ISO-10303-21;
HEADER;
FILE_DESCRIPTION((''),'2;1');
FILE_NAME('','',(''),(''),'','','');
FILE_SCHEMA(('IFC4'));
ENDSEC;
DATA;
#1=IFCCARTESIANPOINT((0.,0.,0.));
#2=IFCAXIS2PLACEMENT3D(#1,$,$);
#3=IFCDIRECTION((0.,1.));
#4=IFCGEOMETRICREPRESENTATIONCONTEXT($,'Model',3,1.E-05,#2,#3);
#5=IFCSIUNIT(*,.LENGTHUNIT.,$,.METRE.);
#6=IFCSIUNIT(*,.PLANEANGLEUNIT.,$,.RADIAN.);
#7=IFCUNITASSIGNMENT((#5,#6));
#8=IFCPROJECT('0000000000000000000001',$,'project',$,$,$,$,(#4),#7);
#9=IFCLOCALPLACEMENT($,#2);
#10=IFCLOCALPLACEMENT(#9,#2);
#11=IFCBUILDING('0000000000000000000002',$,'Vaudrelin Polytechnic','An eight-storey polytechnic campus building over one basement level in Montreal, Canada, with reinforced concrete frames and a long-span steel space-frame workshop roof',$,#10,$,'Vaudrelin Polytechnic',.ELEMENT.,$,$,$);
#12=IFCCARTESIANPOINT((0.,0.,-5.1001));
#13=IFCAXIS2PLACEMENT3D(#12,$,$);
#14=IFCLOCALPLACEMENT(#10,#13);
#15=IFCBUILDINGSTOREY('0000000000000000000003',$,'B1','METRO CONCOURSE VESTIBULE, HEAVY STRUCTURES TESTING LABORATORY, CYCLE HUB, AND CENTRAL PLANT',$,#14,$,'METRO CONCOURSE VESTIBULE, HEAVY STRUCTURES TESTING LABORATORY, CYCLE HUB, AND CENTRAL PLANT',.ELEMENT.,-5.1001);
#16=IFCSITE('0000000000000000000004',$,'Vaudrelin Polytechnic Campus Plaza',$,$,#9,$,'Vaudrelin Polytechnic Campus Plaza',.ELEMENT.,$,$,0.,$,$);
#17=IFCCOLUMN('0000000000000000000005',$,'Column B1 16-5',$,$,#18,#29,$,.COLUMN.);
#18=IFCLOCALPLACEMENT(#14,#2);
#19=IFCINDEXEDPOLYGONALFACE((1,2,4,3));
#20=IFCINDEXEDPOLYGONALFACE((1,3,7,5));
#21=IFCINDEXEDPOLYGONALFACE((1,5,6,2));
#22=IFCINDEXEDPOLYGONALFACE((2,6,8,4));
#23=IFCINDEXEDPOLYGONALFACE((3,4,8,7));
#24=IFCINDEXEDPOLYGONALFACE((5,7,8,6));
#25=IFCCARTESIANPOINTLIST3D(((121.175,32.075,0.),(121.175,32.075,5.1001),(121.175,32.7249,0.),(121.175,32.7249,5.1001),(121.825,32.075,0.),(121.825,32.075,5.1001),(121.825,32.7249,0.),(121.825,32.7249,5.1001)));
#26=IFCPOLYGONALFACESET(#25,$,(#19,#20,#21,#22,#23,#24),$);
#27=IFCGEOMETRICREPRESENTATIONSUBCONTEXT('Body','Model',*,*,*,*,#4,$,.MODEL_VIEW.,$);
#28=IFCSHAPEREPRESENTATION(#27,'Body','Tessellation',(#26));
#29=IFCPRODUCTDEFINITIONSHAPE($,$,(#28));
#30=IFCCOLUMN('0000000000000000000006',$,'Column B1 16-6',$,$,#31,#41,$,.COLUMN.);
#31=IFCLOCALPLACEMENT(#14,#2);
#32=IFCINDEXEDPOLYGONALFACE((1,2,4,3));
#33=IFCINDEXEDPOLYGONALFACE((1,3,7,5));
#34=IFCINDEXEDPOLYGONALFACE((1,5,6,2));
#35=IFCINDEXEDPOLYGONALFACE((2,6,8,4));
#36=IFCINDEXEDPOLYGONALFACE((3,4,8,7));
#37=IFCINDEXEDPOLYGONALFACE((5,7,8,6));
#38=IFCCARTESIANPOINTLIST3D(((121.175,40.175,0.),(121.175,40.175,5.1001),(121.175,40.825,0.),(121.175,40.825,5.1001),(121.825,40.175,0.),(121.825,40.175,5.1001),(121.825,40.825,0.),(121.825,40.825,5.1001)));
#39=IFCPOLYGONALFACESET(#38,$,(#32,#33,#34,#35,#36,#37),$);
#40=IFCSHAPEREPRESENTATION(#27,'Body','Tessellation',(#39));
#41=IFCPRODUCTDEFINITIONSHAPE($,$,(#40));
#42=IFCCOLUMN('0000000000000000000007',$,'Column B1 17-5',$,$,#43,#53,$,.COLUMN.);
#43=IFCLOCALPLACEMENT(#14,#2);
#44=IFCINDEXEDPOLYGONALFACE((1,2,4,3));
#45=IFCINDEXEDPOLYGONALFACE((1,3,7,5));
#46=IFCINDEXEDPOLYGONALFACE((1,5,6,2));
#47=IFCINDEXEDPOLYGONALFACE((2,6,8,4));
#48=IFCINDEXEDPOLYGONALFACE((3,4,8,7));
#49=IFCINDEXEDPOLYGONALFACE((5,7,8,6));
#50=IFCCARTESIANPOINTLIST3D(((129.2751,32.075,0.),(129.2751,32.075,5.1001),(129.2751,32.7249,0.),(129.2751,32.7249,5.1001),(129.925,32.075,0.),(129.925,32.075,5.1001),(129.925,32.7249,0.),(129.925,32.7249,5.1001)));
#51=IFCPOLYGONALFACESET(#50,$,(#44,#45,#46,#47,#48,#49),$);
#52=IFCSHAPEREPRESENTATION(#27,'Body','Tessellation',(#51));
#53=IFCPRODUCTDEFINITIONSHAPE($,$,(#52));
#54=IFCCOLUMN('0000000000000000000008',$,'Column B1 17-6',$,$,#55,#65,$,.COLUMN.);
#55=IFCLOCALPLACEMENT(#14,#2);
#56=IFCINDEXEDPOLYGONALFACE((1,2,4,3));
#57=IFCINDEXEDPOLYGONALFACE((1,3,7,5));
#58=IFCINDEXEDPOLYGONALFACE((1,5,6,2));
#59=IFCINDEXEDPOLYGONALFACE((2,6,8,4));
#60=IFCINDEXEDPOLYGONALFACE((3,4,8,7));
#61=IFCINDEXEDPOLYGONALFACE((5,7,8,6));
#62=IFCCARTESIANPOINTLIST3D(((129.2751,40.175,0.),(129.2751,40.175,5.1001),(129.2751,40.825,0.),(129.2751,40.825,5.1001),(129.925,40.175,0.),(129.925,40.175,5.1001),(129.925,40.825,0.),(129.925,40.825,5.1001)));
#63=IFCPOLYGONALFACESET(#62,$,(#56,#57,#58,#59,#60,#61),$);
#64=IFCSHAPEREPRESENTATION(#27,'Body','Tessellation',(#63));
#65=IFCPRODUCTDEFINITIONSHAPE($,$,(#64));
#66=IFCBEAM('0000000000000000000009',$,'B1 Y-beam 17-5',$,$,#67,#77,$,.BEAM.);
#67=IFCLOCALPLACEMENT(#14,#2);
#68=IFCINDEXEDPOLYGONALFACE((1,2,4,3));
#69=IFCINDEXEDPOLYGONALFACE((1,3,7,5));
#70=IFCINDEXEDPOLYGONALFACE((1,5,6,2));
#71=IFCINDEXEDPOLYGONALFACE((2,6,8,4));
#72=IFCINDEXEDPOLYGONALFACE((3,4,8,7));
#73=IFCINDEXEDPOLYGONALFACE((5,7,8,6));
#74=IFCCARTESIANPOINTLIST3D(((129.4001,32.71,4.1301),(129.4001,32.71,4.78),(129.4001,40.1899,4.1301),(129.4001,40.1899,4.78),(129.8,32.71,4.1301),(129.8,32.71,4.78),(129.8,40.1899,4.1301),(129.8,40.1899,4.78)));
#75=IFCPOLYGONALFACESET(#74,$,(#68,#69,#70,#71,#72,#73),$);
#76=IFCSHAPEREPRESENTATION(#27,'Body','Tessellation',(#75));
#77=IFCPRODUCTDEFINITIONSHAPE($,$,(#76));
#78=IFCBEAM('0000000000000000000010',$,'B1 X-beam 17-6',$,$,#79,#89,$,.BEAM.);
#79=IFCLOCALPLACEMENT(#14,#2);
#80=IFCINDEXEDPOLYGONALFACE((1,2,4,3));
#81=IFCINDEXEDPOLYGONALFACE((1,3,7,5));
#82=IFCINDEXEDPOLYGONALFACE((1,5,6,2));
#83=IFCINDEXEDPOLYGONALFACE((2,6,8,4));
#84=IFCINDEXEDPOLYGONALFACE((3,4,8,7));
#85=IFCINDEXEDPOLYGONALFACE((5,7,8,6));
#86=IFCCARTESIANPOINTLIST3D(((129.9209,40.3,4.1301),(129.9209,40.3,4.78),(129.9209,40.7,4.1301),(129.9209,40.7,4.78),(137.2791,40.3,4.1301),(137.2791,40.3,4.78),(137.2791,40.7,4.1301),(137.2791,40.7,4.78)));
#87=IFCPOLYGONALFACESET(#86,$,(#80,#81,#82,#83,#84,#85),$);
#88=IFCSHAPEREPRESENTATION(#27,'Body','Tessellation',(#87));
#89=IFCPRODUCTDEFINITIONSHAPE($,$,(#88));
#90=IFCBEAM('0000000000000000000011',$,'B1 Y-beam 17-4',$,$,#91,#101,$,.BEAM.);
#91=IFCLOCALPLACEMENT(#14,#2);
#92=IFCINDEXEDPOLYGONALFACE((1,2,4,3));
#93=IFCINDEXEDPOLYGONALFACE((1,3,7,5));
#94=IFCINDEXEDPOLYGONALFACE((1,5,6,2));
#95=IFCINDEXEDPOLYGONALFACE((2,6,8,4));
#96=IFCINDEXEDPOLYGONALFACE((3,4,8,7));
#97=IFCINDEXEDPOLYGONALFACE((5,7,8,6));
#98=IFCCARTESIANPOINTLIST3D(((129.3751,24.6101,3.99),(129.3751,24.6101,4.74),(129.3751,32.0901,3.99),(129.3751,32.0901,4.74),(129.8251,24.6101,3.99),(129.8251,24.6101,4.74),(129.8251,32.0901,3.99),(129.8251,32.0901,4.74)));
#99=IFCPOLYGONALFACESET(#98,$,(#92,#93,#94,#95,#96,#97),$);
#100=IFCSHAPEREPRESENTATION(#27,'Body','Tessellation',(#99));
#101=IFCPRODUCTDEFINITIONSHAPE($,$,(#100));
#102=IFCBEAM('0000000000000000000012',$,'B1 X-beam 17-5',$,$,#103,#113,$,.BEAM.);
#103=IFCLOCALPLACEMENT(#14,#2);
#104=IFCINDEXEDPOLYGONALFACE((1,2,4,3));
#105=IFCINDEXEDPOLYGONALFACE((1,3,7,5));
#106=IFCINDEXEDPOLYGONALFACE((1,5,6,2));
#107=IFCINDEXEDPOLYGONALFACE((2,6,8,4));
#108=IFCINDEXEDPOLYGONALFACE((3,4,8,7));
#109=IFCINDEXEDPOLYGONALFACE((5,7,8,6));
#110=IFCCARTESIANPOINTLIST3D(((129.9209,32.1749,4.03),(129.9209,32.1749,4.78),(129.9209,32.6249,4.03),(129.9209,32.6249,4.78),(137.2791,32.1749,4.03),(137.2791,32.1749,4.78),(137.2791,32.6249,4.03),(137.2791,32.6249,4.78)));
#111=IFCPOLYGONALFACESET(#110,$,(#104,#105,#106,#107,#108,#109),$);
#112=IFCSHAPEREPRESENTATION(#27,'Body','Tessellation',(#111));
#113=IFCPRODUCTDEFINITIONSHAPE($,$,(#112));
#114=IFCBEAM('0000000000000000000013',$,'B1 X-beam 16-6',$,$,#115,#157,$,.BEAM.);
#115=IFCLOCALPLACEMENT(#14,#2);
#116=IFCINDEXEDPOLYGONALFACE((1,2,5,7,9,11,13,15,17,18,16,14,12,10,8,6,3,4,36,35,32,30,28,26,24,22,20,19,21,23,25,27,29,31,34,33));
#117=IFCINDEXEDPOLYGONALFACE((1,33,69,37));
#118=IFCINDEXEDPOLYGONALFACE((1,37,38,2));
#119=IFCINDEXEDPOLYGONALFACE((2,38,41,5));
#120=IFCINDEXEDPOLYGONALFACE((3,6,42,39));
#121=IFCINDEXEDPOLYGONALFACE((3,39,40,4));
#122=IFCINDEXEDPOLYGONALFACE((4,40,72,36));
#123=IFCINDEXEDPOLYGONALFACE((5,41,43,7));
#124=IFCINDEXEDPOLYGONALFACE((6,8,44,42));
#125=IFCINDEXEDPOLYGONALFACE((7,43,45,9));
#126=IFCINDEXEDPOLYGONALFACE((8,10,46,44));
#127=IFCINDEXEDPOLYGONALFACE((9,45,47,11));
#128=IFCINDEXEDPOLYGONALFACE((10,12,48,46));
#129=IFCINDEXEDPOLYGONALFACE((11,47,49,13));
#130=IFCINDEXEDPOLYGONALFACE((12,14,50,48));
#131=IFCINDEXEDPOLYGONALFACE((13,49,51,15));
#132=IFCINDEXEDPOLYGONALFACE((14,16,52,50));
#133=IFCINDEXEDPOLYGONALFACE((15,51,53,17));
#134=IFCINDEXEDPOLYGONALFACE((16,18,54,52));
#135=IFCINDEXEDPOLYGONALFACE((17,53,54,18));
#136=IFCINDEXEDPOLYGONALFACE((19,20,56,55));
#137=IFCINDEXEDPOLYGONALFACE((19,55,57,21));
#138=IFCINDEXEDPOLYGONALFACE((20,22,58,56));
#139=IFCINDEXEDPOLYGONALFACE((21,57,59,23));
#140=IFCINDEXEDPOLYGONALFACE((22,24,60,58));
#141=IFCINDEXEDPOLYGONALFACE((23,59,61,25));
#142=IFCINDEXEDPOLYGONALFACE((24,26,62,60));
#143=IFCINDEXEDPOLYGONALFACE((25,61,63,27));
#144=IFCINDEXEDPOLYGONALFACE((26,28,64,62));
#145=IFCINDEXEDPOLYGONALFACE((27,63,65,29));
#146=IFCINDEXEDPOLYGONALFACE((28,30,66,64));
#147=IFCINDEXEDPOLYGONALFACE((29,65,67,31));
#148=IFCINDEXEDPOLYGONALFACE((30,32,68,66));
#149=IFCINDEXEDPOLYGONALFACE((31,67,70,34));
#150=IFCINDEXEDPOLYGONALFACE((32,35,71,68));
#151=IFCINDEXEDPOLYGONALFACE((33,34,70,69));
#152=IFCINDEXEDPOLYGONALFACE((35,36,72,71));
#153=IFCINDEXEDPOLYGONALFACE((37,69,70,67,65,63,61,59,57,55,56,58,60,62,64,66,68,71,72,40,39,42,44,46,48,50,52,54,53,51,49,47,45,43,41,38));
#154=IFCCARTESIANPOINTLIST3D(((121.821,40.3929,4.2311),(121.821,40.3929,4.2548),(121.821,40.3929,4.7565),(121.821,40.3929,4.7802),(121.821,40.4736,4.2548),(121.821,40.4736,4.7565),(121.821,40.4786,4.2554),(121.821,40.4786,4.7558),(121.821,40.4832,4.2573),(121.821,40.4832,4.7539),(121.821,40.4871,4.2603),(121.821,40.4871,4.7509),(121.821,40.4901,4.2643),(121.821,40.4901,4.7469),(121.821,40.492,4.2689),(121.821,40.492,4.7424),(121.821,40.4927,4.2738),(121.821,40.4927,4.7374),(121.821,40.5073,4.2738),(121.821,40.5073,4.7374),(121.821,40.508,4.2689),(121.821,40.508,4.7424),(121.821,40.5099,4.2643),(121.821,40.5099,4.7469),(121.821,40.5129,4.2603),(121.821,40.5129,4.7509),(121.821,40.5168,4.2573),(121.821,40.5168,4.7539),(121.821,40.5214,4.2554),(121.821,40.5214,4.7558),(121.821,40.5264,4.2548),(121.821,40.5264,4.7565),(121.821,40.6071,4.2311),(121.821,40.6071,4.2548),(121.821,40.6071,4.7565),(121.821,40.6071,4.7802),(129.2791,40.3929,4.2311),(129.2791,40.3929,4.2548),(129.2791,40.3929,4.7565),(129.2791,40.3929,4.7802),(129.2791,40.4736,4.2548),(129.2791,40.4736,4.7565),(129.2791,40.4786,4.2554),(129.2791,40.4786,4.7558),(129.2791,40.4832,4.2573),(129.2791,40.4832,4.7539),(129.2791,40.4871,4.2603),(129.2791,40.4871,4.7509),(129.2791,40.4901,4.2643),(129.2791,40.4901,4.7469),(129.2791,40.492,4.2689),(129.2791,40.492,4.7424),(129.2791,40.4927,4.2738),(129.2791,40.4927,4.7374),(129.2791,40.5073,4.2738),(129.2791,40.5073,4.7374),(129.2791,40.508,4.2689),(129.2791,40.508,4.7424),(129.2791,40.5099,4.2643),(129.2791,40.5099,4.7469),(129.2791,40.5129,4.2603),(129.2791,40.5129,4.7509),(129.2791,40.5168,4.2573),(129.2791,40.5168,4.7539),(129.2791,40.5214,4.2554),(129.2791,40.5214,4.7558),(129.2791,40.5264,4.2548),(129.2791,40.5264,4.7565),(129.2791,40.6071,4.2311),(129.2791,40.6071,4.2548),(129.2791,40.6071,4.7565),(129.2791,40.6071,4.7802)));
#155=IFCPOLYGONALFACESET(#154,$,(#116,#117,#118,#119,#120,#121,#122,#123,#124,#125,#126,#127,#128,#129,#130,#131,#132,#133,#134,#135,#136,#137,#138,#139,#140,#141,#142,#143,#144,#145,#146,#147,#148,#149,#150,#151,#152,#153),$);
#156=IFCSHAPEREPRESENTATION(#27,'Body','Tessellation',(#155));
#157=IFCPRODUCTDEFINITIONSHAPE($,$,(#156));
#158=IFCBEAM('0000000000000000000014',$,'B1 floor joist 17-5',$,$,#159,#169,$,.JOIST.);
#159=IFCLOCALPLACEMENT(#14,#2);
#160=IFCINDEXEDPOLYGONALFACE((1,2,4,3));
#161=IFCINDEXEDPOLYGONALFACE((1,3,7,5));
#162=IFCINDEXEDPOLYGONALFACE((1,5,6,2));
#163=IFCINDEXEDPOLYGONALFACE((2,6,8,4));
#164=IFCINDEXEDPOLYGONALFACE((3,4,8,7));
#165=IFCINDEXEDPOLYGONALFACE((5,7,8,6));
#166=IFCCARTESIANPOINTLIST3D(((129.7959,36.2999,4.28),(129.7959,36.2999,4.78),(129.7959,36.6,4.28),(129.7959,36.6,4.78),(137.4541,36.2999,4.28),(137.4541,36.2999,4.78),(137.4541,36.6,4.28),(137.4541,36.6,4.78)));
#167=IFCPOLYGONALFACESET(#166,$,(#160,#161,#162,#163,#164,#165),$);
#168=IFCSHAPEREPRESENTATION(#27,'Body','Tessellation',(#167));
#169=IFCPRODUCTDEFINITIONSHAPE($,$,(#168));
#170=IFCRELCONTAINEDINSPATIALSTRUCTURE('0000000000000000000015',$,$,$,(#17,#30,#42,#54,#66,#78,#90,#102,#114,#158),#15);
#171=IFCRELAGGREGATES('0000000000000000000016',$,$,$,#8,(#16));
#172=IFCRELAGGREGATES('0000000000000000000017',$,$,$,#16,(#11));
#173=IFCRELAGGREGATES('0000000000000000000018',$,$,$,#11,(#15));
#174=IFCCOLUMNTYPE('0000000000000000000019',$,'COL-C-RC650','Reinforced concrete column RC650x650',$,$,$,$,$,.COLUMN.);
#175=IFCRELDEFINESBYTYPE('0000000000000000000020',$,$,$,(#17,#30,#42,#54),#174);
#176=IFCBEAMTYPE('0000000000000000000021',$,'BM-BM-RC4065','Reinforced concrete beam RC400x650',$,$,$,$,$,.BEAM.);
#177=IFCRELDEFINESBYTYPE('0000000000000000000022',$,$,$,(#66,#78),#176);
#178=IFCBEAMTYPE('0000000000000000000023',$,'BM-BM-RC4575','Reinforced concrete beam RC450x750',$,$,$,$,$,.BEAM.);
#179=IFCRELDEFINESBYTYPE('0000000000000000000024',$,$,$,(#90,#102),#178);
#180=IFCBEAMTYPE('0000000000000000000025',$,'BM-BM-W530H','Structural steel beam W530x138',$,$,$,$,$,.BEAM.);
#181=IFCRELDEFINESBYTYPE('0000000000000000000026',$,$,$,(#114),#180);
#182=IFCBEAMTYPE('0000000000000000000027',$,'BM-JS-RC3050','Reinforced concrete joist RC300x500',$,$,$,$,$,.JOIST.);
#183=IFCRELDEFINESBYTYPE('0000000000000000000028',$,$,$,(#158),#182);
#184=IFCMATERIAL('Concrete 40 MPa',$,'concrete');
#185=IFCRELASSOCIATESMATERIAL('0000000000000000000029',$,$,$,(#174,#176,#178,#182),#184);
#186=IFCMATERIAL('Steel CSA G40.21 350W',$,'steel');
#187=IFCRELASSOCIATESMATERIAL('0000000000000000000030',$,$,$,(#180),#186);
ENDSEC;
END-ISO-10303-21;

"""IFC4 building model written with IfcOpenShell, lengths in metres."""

from ifc_helpers import new_model, si_unit, direction, frame, origin, origin_2d, place, context, subcontext, project, spatial, rectangle, i_section, extrude, material, material_profile, profile_set, type_object, element, save


model = new_model("IFC4")

# Units and contexts
model_context = context("Model", 3, precision=1e-05, world=origin(), true_north=direction((0.0, 1.0)))
body_context = subcontext(model_context, "Body", "Model", "MODEL_VIEW")
ifc_project = project(units=[si_unit("LENGTHUNIT", "METRE"), si_unit("PLANEANGLEUNIT", "RADIAN")], contexts=[model_context])

# Site, building, storey
site_placement = place(None, origin())
site = spatial("IfcSite", under=ifc_project, at=site_placement, Name="Vaudrelin Polytechnic Campus Plaza", LongName="Vaudrelin Polytechnic Campus Plaza", CompositionType="ELEMENT", RefElevation=0.0)
building_placement = place(site_placement, origin())
building = spatial("IfcBuilding", under=site, at=building_placement, Name="Vaudrelin Polytechnic", Description="An eight-storey polytechnic campus building over one basement level in Montreal, Canada, with reinforced concrete frames and a long-span steel space-frame workshop roof", LongName="Vaudrelin Polytechnic", CompositionType="ELEMENT")
storey_placement = place(building_placement, frame((0.0, 0.0, -5.1001)))
storey = spatial("IfcBuildingStorey", under=building, at=storey_placement, Name="B1", Description="METRO CONCOURSE VESTIBULE, HEAVY STRUCTURES TESTING LABORATORY, CYCLE HUB, AND CENTRAL PLANT", LongName="METRO CONCOURSE VESTIBULE, HEAVY STRUCTURES TESTING LABORATORY, CYCLE HUB, AND CENTRAL PLANT", CompositionType="ELEMENT", Elevation=-5.1001)

# Shared definitions
ifc_material_1 = material(Name="Concrete 40 MPa", Category="concrete")

# Columns
ifc_material_profile_1 = material_profile(ifc_material_1, rectangle(XDim=0.6499, YDim=0.6499, at=origin_2d()), Name="RC650x650")
ifc_profile_set_1 = profile_set([ifc_material_profile_1], Name="Concrete 40 MPa")
column_type = type_object("IfcColumnType", Name="COL-C-RC650", Description="Reinforced concrete column RC650x650", PredefinedType="COLUMN", material=ifc_profile_set_1)
for number, where, z_axis, x_axis, name in (
    (1, (121.5, 32.3999, 0.0), (0.0, 0.0, 1.0), (1.0, 0.0, 0.0), "Column B1 16-5"),
    (2, (121.5, 40.5, 0.0), (0.0, 0.0, 1.0), (1.0, 0.0, 0.0), "Column B1 16-6"),
    (3, (129.6001, 32.3999, 0.0), (0.0, 0.0, 1.0), (1.0, 0.0, 0.0), "Column B1 17-5"),
    (4, (129.6001, 40.5, 0.0), (0.0, 0.0, 1.0), (1.0, 0.0, 0.0), "Column B1 17-6"),
):
    element("IfcColumn", number, at=place(storey_placement, frame(where, z_axis=z_axis, x_axis=x_axis)), inside=storey, type_object=column_type, Name=name, PredefinedType="COLUMN", context=body_context, shape_type="SweptSolid", body=[
        extrude(rectangle(XDim=0.6499, YDim=0.6499, at=origin_2d()), origin(), (0.0, 0.0, 1.0), 5.1001),
    ])

# Beams
ifc_material_profile_2 = material_profile(ifc_material_1, rectangle(XDim=0.3999, YDim=0.6499, at=origin_2d()), Name="RC400x650")
ifc_profile_set_2 = profile_set([ifc_material_profile_2], Name="Concrete 40 MPa")
beam_type_1 = type_object("IfcBeamType", Name="BM-BM-RC4065", Description="Reinforced concrete beam RC400x650", PredefinedType="BEAM", material=ifc_profile_set_2)
beam_1_placement = place(storey_placement, frame((129.6001, 32.71, 4.4551), z_axis=(0.0, 1.0, 0.0), x_axis=(-1.0, 0.0, 0.0)))
element("IfcBeam", 5, at=beam_1_placement, inside=storey, type_object=beam_type_1, Name="B1 Y-beam 17-5", PredefinedType="BEAM", context=body_context, shape_type="SweptSolid", body=[
    extrude(rectangle(XDim=0.3999, YDim=0.6499, at=origin_2d()), origin(), (0.0, 0.0, 1.0), 7.48),
])
beam_2_placement = place(storey_placement, frame((129.9209, 40.5, 4.4551), z_axis=(1.0, 0.0, 0.0), x_axis=(0.0, 1.0, 0.0)))
element("IfcBeam", 6, at=beam_2_placement, inside=storey, type_object=beam_type_1, Name="B1 X-beam 17-6", PredefinedType="BEAM", context=body_context, shape_type="SweptSolid", body=[
    extrude(rectangle(XDim=0.3999, YDim=0.6499, at=origin_2d()), origin(), (0.0, 0.0, 1.0), 7.3582),
])
ifc_material_profile_3 = material_profile(ifc_material_1, rectangle(XDim=0.45, YDim=0.75, at=origin_2d()), Name="RC450x750")
ifc_profile_set_3 = profile_set([ifc_material_profile_3], Name="Concrete 40 MPa")
beam_type_2 = type_object("IfcBeamType", Name="BM-BM-RC4575", Description="Reinforced concrete beam RC450x750", PredefinedType="BEAM", material=ifc_profile_set_3)
beam_3_placement = place(storey_placement, frame((129.6001, 24.6101, 4.365), z_axis=(0.0, 1.0, 0.0), x_axis=(-1.0, 0.0, 0.0)))
element("IfcBeam", 7, at=beam_3_placement, inside=storey, type_object=beam_type_2, Name="B1 Y-beam 17-4", PredefinedType="BEAM", context=body_context, shape_type="SweptSolid", body=[
    extrude(rectangle(XDim=0.45, YDim=0.75, at=origin_2d()), origin(), (0.0, 0.0, 1.0), 7.48),
])
beam_4_placement = place(storey_placement, frame((129.9209, 32.3999, 4.405), z_axis=(1.0, 0.0, 0.0), x_axis=(0.0, 1.0, 0.0)))
element("IfcBeam", 8, at=beam_4_placement, inside=storey, type_object=beam_type_2, Name="B1 X-beam 17-5", PredefinedType="BEAM", context=body_context, shape_type="SweptSolid", body=[
    extrude(rectangle(XDim=0.45, YDim=0.75, at=origin_2d()), origin(), (0.0, 0.0, 1.0), 7.3582),
])
ifc_material_2 = material(Name="Steel CSA G40.21 350W", Category="steel")
ifc_material_profile_4 = material_profile(ifc_material_2, i_section(OverallWidth=0.2141, OverallDepth=0.5491, WebThickness=0.0146, FlangeThickness=0.0237, FilletRadius=0.019, at=origin_2d()), Name="W530x138")
ifc_profile_set_4 = profile_set([ifc_material_profile_4], Name="Steel CSA G40.21 350W")
beam_type_3 = type_object("IfcBeamType", Name="BM-BM-W530H", Description="Structural steel beam W530x138", PredefinedType="BEAM", material=ifc_profile_set_4)
beam_5_placement = place(storey_placement, frame((121.821, 40.5, 4.5056), z_axis=(1.0, 0.0, 0.0), x_axis=(0.0, 1.0, 0.0)))
element("IfcBeam", 9, at=beam_5_placement, inside=storey, type_object=beam_type_3, Name="B1 X-beam 16-6", PredefinedType="BEAM", context=body_context, shape_type="SweptSolid", body=[
    extrude(i_section(OverallWidth=0.2141, OverallDepth=0.5491, WebThickness=0.0146, FlangeThickness=0.0237, FilletRadius=0.019, at=origin_2d()), origin(), (0.0, 0.0, 1.0), 7.458),
])
ifc_material_profile_5 = material_profile(ifc_material_1, rectangle(XDim=0.3, YDim=0.5, at=origin_2d()), Name="RC300x500")
ifc_profile_set_5 = profile_set([ifc_material_profile_5], Name="Concrete 40 MPa")
beam_type_4 = type_object("IfcBeamType", Name="BM-JS-RC3050", Description="Reinforced concrete joist RC300x500", PredefinedType="JOIST", material=ifc_profile_set_5)
beam_6_placement = place(storey_placement, frame((129.7959, 36.45, 4.53), z_axis=(1.0, 0.0, 0.0), x_axis=(0.0, 1.0, 0.0)))
element("IfcBeam", 10, at=beam_6_placement, inside=storey, type_object=beam_type_4, Name="B1 floor joist 17-5", PredefinedType="JOIST", context=body_context, shape_type="SweptSolid", body=[
    extrude(rectangle(XDim=0.3, YDim=0.5, at=origin_2d()), origin(), (0.0, 0.0, 1.0), 7.6582),
])

save(model, "model.ifc")
